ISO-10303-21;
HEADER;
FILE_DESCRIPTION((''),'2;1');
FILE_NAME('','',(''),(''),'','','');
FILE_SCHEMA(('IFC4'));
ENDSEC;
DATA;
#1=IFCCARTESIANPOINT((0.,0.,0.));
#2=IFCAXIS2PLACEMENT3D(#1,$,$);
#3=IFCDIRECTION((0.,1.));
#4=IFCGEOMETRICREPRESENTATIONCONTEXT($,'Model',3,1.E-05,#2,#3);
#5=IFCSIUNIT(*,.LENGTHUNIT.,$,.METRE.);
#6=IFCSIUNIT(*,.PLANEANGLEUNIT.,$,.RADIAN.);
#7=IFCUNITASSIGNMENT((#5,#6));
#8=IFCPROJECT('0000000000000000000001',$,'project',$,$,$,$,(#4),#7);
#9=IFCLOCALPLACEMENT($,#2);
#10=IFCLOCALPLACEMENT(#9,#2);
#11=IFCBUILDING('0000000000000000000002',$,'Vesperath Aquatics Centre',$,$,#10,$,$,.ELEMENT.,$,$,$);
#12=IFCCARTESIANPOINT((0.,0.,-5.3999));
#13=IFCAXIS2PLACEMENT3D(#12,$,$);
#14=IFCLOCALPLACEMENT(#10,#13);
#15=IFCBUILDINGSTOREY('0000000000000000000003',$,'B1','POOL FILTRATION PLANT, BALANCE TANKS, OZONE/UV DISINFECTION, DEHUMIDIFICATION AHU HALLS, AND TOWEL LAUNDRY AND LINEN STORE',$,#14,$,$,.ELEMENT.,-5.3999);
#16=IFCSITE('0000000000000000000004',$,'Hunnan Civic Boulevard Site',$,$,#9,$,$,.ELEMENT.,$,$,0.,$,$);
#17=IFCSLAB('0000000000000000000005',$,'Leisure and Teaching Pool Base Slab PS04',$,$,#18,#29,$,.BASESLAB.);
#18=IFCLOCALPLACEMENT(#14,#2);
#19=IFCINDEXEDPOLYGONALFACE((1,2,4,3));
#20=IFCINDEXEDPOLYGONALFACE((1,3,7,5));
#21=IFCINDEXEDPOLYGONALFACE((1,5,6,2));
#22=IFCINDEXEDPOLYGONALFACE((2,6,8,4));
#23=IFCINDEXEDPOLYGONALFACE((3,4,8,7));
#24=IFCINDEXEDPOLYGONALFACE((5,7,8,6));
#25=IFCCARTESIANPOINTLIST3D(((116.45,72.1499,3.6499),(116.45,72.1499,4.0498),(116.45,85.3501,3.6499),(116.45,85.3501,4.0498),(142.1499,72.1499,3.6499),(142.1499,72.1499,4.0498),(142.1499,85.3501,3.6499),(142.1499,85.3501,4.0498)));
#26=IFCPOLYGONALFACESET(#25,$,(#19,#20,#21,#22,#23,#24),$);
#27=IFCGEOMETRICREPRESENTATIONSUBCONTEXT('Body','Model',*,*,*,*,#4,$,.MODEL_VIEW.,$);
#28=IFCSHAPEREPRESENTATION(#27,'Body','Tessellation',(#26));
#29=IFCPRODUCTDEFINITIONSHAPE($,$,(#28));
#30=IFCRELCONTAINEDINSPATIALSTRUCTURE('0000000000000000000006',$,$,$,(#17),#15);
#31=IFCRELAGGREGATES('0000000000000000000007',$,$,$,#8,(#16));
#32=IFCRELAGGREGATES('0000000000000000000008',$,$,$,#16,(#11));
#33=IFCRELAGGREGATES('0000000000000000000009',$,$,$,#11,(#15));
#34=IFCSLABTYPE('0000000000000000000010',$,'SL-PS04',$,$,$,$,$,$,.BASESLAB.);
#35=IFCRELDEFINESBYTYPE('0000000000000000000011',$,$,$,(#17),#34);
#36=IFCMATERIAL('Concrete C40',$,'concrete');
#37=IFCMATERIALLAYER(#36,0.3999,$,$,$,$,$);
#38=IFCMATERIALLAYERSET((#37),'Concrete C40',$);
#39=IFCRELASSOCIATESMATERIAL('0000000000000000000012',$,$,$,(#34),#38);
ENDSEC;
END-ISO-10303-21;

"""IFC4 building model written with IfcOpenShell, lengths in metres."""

from ifc_helpers import new_model, si_unit, direction, frame, origin, place, context, subcontext, project, spatial, polyline, outline, extrude, material, layer, layer_set, type_object, element, save


model = new_model("IFC4")

# Units and contexts
model_context = context("Model", 3, precision=1e-05, world=origin(), true_north=direction((0.0, 1.0)))
body_context = subcontext(model_context, "Body", "Model", "MODEL_VIEW")
ifc_project = project(units=[si_unit("LENGTHUNIT", "METRE"), si_unit("PLANEANGLEUNIT", "RADIAN")], contexts=[model_context])

# Site, building, storey
site_placement = place(None, origin())
site = spatial("IfcSite", under=ifc_project, at=site_placement, Name="Hunnan Civic Boulevard Site", CompositionType="ELEMENT", RefElevation=0.0)
building_placement = place(site_placement, origin())
building = spatial("IfcBuilding", under=site, at=building_placement, Name="Vesperath Aquatics Centre", CompositionType="ELEMENT")
storey_placement = place(building_placement, frame((0.0, 0.0, -5.3999)))
storey = spatial("IfcBuildingStorey", under=building, at=storey_placement, Name="B1", Description="POOL FILTRATION PLANT, BALANCE TANKS, OZONE/UV DISINFECTION, DEHUMIDIFICATION AHU HALLS, AND TOWEL LAUNDRY AND LINEN STORE", CompositionType="ELEMENT", Elevation=-5.3999)

# Shared definitions
ifc_material_1 = material(Name="Concrete C40", Category="concrete")

# Slab
ifc_layer_1 = layer(ifc_material_1, 0.3999)
ifc_layer_set_1 = layer_set([ifc_layer_1], Name="Concrete C40")
slab_type_1 = type_object("IfcSlabType", Name="SL-PS04", PredefinedType="BASESLAB", material=ifc_layer_set_1)
slab_1_placement = place(storey_placement, frame((0.0, 0.0, 3.6499)))
element("IfcSlab", 1, at=slab_1_placement, inside=storey, type_object=slab_type_1, Name="Leisure and Teaching Pool Base Slab PS04", PredefinedType="BASESLAB", context=body_context, shape_type="SweptSolid", body=[
    extrude(outline(polyline([(116.45, 72.1499), (142.1499, 72.1499), (142.1499, 85.3501), (116.45, 85.3501), (116.45, 72.1499)])), origin(), (0.0, 0.0, 1.0), 0.3999),
])

save(model, "model.ifc")
